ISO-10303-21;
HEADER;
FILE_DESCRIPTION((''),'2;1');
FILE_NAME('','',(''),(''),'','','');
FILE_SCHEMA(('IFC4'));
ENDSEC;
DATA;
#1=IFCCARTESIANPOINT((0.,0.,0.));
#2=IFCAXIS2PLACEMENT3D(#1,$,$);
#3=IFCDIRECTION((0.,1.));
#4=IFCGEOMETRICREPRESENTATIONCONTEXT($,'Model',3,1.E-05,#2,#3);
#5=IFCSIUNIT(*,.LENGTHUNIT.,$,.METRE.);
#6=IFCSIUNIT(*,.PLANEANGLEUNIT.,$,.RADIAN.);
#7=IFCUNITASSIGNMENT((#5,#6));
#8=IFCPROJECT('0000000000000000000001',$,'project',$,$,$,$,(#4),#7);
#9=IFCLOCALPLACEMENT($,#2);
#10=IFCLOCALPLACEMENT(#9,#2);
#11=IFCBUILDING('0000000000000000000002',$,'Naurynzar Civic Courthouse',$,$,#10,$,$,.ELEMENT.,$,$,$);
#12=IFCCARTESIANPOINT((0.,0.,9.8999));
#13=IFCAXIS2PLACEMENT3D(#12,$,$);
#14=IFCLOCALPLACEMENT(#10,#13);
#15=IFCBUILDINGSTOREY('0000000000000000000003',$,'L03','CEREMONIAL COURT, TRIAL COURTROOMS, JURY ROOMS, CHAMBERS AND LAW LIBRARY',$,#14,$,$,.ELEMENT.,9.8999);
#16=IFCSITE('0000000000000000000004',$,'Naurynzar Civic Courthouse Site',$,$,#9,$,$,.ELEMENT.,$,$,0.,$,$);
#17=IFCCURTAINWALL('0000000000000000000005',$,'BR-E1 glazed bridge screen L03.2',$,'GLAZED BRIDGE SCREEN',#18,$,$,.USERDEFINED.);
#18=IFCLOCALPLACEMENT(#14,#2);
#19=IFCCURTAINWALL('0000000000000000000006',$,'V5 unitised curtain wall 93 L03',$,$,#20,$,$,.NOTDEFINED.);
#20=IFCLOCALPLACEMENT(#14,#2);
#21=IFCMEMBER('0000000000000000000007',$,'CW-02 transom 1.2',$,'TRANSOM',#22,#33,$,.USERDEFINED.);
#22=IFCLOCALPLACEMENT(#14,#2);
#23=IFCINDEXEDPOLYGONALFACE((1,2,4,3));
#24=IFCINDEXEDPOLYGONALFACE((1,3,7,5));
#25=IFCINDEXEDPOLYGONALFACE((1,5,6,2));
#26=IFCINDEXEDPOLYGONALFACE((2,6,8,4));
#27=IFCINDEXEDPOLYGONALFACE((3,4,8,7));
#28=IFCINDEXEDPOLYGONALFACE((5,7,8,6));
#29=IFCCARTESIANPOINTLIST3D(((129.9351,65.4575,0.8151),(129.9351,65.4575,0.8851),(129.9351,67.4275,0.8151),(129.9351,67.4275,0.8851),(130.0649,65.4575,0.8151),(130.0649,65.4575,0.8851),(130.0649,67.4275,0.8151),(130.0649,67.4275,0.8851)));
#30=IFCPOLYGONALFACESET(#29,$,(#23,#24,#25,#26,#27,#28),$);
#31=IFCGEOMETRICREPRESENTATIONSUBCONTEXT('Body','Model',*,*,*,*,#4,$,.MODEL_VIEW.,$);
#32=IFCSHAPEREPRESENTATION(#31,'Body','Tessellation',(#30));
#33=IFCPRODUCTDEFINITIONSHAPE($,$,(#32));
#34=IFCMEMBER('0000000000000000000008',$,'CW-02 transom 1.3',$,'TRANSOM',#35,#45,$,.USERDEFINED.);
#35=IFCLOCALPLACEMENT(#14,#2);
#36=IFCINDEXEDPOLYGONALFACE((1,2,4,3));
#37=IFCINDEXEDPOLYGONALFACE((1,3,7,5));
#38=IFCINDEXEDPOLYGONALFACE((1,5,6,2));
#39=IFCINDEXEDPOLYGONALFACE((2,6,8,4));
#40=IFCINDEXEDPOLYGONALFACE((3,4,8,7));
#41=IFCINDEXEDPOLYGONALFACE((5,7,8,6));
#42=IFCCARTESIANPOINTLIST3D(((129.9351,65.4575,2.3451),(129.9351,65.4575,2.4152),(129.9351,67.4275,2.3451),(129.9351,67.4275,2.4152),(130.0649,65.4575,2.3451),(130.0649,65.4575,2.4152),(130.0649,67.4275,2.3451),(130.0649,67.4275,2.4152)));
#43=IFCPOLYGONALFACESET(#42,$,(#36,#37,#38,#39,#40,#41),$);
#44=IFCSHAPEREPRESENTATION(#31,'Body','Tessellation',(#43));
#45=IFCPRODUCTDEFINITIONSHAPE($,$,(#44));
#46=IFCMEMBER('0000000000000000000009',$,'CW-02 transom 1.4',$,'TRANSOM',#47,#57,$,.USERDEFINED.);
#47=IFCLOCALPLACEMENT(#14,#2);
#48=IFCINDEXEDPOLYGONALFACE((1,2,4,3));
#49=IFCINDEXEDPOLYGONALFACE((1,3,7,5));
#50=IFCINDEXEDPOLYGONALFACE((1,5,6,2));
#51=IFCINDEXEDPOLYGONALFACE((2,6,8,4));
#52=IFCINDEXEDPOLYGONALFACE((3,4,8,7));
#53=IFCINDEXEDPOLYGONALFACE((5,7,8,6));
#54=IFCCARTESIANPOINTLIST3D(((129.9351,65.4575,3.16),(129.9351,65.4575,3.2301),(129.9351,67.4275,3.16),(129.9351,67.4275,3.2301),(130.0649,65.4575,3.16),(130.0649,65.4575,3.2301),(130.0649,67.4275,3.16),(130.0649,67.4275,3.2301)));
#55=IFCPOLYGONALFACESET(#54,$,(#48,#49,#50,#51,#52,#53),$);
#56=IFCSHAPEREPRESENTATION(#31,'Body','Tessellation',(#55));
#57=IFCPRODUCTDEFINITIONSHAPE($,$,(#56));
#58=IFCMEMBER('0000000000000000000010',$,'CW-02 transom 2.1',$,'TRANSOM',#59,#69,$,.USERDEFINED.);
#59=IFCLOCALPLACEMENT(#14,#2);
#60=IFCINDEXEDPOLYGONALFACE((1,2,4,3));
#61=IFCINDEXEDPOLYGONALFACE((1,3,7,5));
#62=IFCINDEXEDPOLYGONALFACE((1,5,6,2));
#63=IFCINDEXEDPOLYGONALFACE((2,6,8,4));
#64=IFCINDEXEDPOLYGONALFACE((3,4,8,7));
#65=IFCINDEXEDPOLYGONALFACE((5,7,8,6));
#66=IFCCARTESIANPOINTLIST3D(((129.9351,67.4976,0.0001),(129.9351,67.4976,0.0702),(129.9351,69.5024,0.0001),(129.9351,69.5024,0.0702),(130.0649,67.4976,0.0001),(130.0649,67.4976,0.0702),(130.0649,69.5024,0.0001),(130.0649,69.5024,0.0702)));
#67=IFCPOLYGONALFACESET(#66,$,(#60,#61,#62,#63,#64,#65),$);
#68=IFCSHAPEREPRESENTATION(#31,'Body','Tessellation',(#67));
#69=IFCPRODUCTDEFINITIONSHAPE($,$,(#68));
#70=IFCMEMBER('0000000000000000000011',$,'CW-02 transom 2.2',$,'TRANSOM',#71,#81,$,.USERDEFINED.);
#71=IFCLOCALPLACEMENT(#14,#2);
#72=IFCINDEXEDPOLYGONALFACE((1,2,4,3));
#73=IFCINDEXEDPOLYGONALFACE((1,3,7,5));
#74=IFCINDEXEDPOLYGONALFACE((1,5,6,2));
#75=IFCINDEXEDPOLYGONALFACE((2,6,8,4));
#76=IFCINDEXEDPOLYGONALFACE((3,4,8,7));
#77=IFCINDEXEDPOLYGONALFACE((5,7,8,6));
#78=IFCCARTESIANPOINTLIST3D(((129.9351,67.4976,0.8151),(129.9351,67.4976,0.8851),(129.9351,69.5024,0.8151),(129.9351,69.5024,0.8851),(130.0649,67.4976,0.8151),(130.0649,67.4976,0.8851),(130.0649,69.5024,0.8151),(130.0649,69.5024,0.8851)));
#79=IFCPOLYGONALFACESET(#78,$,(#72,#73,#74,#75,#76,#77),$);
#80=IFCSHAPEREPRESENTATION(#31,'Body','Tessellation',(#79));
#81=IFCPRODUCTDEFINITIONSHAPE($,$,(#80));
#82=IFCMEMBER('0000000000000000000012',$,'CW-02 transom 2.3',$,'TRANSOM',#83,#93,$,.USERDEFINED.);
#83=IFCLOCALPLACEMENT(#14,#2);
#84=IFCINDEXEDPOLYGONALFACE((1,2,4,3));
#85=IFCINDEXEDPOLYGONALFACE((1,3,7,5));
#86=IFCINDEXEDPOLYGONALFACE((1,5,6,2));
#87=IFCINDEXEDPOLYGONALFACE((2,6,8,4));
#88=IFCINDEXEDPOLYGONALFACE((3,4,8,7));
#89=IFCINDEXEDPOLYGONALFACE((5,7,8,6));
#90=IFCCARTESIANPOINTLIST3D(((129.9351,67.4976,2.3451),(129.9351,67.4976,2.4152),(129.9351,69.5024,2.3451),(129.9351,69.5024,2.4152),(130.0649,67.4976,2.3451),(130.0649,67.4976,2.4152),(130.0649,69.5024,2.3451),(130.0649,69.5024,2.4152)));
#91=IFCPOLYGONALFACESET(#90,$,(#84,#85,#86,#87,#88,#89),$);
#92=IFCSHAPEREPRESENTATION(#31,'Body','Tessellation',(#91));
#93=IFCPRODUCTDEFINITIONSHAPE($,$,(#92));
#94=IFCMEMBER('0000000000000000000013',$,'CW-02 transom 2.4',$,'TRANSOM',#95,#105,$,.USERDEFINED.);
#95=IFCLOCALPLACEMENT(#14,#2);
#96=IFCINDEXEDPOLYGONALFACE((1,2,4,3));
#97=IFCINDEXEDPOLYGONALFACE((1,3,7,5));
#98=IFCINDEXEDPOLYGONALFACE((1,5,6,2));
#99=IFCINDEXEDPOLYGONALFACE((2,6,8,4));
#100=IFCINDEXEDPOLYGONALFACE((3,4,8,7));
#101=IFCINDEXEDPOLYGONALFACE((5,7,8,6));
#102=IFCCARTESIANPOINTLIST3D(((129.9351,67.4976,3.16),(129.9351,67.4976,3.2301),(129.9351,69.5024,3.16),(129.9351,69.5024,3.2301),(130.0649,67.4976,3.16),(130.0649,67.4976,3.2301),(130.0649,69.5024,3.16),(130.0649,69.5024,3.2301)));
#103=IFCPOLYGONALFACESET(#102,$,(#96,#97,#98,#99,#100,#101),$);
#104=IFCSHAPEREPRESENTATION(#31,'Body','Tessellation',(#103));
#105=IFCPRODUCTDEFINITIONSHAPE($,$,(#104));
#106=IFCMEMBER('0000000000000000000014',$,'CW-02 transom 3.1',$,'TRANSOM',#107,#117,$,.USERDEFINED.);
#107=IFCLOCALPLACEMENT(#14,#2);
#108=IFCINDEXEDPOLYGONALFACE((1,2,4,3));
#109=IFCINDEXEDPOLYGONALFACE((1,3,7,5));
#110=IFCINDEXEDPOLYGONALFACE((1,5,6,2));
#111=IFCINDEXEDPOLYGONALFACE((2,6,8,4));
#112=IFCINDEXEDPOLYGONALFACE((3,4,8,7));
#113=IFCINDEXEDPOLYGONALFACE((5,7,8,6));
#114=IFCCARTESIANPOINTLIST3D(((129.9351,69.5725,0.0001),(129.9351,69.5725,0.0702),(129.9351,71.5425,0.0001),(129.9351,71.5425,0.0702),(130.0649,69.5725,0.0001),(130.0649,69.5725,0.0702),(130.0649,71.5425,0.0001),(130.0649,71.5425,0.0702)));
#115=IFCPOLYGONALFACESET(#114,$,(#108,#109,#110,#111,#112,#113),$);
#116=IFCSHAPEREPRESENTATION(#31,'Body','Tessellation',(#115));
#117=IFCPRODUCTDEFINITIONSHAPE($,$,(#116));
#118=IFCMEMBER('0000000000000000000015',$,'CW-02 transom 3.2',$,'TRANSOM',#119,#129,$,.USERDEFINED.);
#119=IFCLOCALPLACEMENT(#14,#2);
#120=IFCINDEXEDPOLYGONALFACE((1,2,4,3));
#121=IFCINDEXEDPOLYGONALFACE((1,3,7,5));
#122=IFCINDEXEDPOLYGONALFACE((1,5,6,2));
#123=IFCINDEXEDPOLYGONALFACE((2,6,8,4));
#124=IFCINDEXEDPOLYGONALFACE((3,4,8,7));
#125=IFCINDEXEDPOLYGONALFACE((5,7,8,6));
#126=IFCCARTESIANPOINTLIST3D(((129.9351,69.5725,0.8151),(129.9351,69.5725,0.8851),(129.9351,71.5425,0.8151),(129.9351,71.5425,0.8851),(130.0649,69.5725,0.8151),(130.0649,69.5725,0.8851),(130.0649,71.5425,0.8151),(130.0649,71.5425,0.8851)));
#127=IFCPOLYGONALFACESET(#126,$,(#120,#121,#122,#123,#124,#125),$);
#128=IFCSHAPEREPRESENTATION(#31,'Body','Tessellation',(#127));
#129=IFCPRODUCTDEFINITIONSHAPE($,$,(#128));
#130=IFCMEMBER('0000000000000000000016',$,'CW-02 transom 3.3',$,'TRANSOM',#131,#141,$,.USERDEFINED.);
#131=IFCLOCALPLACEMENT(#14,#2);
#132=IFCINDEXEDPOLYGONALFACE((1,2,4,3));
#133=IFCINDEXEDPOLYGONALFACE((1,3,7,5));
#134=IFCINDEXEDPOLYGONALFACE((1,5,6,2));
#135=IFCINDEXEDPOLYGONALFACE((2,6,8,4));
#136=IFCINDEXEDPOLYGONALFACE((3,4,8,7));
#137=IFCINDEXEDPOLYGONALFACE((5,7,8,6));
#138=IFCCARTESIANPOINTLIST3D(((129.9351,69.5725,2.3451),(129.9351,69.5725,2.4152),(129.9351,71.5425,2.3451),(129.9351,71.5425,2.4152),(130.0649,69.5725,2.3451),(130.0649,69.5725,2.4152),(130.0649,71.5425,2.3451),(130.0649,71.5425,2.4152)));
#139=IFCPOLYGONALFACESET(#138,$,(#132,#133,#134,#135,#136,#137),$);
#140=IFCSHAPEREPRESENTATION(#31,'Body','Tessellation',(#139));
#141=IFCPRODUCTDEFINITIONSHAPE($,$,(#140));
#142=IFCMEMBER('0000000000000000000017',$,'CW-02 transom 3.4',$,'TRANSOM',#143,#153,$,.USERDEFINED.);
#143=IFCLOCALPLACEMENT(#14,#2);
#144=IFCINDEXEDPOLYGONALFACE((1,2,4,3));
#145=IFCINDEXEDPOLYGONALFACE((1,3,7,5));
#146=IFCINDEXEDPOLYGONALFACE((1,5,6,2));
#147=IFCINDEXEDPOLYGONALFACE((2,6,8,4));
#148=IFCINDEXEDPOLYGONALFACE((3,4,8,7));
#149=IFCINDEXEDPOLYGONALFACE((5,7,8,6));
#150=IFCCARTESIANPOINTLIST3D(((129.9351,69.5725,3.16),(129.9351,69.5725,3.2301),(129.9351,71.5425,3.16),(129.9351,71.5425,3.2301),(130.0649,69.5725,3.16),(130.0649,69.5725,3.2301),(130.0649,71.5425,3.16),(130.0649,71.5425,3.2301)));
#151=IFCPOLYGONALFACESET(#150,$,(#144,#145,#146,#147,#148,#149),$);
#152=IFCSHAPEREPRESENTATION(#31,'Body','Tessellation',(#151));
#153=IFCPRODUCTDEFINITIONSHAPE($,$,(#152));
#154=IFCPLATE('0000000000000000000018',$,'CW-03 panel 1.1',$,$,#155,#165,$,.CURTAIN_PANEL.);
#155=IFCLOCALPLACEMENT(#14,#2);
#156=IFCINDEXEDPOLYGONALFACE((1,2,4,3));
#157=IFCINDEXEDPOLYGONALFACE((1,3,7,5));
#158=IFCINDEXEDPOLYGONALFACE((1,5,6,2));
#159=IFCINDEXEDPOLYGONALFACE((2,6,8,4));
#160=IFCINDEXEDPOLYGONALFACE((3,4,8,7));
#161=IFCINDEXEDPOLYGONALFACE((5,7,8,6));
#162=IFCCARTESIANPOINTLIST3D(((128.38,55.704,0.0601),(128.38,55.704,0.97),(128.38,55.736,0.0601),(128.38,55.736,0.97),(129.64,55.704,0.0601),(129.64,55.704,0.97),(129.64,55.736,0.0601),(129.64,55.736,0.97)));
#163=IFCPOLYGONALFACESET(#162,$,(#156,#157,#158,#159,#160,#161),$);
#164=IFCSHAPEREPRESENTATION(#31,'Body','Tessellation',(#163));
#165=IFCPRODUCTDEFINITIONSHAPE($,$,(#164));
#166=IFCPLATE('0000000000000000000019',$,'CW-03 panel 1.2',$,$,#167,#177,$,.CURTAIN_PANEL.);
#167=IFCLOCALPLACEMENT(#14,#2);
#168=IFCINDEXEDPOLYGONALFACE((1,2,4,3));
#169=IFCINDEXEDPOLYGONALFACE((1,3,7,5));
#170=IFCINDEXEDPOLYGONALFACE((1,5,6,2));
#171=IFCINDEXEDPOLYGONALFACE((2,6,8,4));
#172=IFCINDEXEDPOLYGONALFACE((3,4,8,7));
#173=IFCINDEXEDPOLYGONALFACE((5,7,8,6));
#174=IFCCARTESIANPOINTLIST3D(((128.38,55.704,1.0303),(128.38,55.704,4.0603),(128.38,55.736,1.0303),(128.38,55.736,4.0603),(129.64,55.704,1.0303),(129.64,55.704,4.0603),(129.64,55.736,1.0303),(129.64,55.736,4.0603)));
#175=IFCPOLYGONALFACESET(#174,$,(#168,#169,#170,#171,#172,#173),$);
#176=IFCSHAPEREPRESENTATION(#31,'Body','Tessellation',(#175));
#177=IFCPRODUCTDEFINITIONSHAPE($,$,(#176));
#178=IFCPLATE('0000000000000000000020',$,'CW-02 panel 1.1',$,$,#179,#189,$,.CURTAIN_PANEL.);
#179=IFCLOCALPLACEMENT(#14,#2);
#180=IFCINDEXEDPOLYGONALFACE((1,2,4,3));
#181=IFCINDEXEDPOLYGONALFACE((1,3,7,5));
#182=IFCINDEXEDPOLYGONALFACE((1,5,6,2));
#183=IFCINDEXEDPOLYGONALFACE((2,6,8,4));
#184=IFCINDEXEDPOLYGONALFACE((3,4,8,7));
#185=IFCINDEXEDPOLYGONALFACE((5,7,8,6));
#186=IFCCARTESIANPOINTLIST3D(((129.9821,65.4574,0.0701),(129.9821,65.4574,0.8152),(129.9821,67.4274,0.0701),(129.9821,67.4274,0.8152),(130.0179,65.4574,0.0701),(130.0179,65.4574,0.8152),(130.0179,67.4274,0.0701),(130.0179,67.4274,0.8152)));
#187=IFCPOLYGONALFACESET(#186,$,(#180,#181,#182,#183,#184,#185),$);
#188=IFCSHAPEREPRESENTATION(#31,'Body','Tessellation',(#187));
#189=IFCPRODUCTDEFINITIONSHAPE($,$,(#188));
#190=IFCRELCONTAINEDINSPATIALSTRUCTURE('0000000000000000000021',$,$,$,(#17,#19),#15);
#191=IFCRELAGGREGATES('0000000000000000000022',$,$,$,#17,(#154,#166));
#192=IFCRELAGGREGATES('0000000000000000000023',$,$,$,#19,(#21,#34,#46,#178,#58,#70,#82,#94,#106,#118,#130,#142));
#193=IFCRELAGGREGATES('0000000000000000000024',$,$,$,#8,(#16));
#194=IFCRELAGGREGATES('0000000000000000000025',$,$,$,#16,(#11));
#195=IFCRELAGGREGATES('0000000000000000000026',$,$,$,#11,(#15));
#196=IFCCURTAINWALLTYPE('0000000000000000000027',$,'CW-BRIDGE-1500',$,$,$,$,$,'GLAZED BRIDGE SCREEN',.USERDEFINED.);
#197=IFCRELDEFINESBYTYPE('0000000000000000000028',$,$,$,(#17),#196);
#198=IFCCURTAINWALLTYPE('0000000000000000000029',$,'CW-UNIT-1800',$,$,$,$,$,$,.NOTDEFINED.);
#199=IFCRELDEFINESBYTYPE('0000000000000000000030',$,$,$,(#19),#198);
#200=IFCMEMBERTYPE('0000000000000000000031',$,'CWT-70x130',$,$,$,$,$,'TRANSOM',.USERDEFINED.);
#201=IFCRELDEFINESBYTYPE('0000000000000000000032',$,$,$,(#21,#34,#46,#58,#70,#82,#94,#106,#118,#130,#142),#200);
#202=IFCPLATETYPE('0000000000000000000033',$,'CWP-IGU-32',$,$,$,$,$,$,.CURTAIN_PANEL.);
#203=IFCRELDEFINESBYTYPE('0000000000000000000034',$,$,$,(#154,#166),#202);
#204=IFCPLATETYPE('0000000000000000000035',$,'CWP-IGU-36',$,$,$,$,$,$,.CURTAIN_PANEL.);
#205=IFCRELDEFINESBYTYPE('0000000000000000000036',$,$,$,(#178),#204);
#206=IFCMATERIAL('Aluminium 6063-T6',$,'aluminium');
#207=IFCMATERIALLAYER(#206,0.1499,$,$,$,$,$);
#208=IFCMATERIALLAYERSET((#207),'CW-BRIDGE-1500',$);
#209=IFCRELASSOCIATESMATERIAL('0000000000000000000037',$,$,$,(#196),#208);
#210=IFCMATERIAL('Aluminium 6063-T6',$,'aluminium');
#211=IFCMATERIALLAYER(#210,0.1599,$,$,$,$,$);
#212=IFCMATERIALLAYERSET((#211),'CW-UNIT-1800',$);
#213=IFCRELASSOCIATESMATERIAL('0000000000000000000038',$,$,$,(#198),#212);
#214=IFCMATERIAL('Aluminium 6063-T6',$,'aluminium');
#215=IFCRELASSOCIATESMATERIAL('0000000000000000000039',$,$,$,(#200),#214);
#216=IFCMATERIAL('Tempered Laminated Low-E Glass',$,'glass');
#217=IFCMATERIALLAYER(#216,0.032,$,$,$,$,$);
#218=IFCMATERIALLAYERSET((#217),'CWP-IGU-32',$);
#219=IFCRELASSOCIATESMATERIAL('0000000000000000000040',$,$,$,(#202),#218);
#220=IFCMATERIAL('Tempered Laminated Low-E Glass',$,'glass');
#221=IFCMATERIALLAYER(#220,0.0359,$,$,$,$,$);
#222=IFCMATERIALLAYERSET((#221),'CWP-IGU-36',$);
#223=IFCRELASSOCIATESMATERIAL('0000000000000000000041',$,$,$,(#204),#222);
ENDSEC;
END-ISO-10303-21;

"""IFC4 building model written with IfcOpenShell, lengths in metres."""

from ifc_helpers import new_model, si_unit, direction, frame, origin, origin_2d, place, context, subcontext, project, spatial, rectangle, extrude, material, layer, layer_set, material_profile, profile_set, type_object, element, aggregate, save


model = new_model("IFC4")

# Units and contexts
model_context = context("Model", 3, precision=1e-05, world=origin(), true_north=direction((0.0, 1.0)))
body_context = subcontext(model_context, "Body", "Model", "MODEL_VIEW")
ifc_project = project(units=[si_unit("LENGTHUNIT", "METRE"), si_unit("PLANEANGLEUNIT", "RADIAN")], contexts=[model_context])

# Site, building, storey
site_placement = place(None, origin())
site = spatial("IfcSite", under=ifc_project, at=site_placement, Name="Naurynzar Civic Courthouse Site", CompositionType="ELEMENT", RefElevation=0.0)
building_placement = place(site_placement, origin())
building = spatial("IfcBuilding", under=site, at=building_placement, Name="Naurynzar Civic Courthouse", CompositionType="ELEMENT")
storey_placement = place(building_placement, frame((0.0, 0.0, 9.8999)))
storey = spatial("IfcBuildingStorey", under=building, at=storey_placement, Name="L03", Description="CEREMONIAL COURT, TRIAL COURTROOMS, JURY ROOMS, CHAMBERS AND LAW LIBRARY", CompositionType="ELEMENT", Elevation=9.8999)

# Curtain walls
ifc_material_1 = material(Name="Aluminium 6063-T6", Category="aluminium")
ifc_layer_1 = layer(ifc_material_1, 0.1499)
ifc_layer_set_1 = layer_set([ifc_layer_1], Name="CW-BRIDGE-1500")
curtain_wall_type_1 = type_object("IfcCurtainWallType", Name="CW-BRIDGE-1500", ElementType="GLAZED BRIDGE SCREEN", PredefinedType="USERDEFINED", material=ifc_layer_set_1)
curtain_wall_1_placement = place(storey_placement, origin())
curtain_wall_1 = element("IfcCurtainWall", 1, at=curtain_wall_1_placement, inside=storey, type_object=curtain_wall_type_1, Name="BR-E1 glazed bridge screen L03.2", ObjectType="GLAZED BRIDGE SCREEN", PredefinedType="USERDEFINED")
ifc_material_2 = material(Name="Aluminium 6063-T6", Category="aluminium")
ifc_layer_2 = layer(ifc_material_2, 0.1599)
ifc_layer_set_2 = layer_set([ifc_layer_2], Name="CW-UNIT-1800")
curtain_wall_type_2 = type_object("IfcCurtainWallType", Name="CW-UNIT-1800", PredefinedType="NOTDEFINED", material=ifc_layer_set_2)
curtain_wall_2_placement = place(storey_placement, origin())
curtain_wall_2 = element("IfcCurtainWall", 2, at=curtain_wall_2_placement, inside=storey, type_object=curtain_wall_type_2, Name="V5 unitised curtain wall 93 L03", PredefinedType="NOTDEFINED")

# Members
ifc_material_3 = material(Name="Aluminium 6063-T6", Category="aluminium")
ifc_material_profile_1 = material_profile(ifc_material_3, rectangle(XDim=0.1299, YDim=0.0701, at=origin_2d()), Name="ALU TRANSOM 70x130")
ifc_profile_set_1 = profile_set([ifc_material_profile_1], Name="Aluminium 6063-T6")
member_type_1 = type_object("IfcMemberType", Name="CWT-70x130", ElementType="TRANSOM", PredefinedType="USERDEFINED", material=ifc_profile_set_1)
member_1_placement = place(storey_placement, frame((130.0, 65.4575, 0.8501), z_axis=(0.0, 1.0, 0.0), x_axis=(-1.0, 0.0, 0.0)))
member_1 = element("IfcMember", 3, at=member_1_placement, type_object=member_type_1, Name="CW-02 transom 1.2", ObjectType="TRANSOM", PredefinedType="USERDEFINED", context=body_context, shape_type="SweptSolid", body=[
    extrude(rectangle(XDim=0.1299, YDim=0.0701, at=origin_2d()), origin(), (0.0, 0.0, 1.0), 1.97),
])
member_2_placement = place(storey_placement, frame((130.0, 65.4575, 2.3801), z_axis=(0.0, 1.0, 0.0), x_axis=(-1.0, 0.0, 0.0)))
member_2 = element("IfcMember", 4, at=member_2_placement, type_object=member_type_1, Name="CW-02 transom 1.3", ObjectType="TRANSOM", PredefinedType="USERDEFINED", context=body_context, shape_type="SweptSolid", body=[
    extrude(rectangle(XDim=0.1299, YDim=0.0701, at=origin_2d()), origin(), (0.0, 0.0, 1.0), 1.97),
])
member_3_placement = place(storey_placement, frame((130.0, 65.4575, 3.1951), z_axis=(0.0, 1.0, 0.0), x_axis=(-1.0, 0.0, 0.0)))
member_3 = element("IfcMember", 5, at=member_3_placement, type_object=member_type_1, Name="CW-02 transom 1.4", ObjectType="TRANSOM", PredefinedType="USERDEFINED", context=body_context, shape_type="SweptSolid", body=[
    extrude(rectangle(XDim=0.1299, YDim=0.0701, at=origin_2d()), origin(), (0.0, 0.0, 1.0), 1.97),
])
member_4_placement = place(storey_placement, frame((130.0, 67.4976, 0.0352), z_axis=(0.0, 1.0, 0.0), x_axis=(-1.0, 0.0, 0.0)))
member_4 = element("IfcMember", 6, at=member_4_placement, type_object=member_type_1, Name="CW-02 transom 2.1", ObjectType="TRANSOM", PredefinedType="USERDEFINED", context=body_context, shape_type="SweptSolid", body=[
    extrude(rectangle(XDim=0.1299, YDim=0.0701, at=origin_2d()), origin(), (0.0, 0.0, 1.0), 2.0049),
])
member_5_placement = place(storey_placement, frame((130.0, 67.4976, 0.8501), z_axis=(0.0, 1.0, 0.0), x_axis=(-1.0, 0.0, 0.0)))
member_5 = element("IfcMember", 7, at=member_5_placement, type_object=member_type_1, Name="CW-02 transom 2.2", ObjectType="TRANSOM", PredefinedType="USERDEFINED", context=body_context, shape_type="SweptSolid", body=[
    extrude(rectangle(XDim=0.1299, YDim=0.0701, at=origin_2d()), origin(), (0.0, 0.0, 1.0), 2.0049),
])
member_6_placement = place(storey_placement, frame((130.0, 67.4976, 2.3801), z_axis=(0.0, 1.0, 0.0), x_axis=(-1.0, 0.0, 0.0)))
member_6 = element("IfcMember", 8, at=member_6_placement, type_object=member_type_1, Name="CW-02 transom 2.3", ObjectType="TRANSOM", PredefinedType="USERDEFINED", context=body_context, shape_type="SweptSolid", body=[
    extrude(rectangle(XDim=0.1299, YDim=0.0701, at=origin_2d()), origin(), (0.0, 0.0, 1.0), 2.0049),
])
member_7_placement = place(storey_placement, frame((130.0, 67.4976, 3.1951), z_axis=(0.0, 1.0, 0.0), x_axis=(-1.0, 0.0, 0.0)))
member_7 = element("IfcMember", 9, at=member_7_placement, type_object=member_type_1, Name="CW-02 transom 2.4", ObjectType="TRANSOM", PredefinedType="USERDEFINED", context=body_context, shape_type="SweptSolid", body=[
    extrude(rectangle(XDim=0.1299, YDim=0.0701, at=origin_2d()), origin(), (0.0, 0.0, 1.0), 2.0049),
])
member_8_placement = place(storey_placement, frame((130.0, 69.5725, 0.0352), z_axis=(0.0, 1.0, 0.0), x_axis=(-1.0, 0.0, 0.0)))
member_8 = element("IfcMember", 10, at=member_8_placement, type_object=member_type_1, Name="CW-02 transom 3.1", ObjectType="TRANSOM", PredefinedType="USERDEFINED", context=body_context, shape_type="SweptSolid", body=[
    extrude(rectangle(XDim=0.1299, YDim=0.0701, at=origin_2d()), origin(), (0.0, 0.0, 1.0), 1.97),
])
member_9_placement = place(storey_placement, frame((130.0, 69.5725, 0.8501), z_axis=(0.0, 1.0, 0.0), x_axis=(-1.0, 0.0, 0.0)))
member_9 = element("IfcMember", 11, at=member_9_placement, type_object=member_type_1, Name="CW-02 transom 3.2", ObjectType="TRANSOM", PredefinedType="USERDEFINED", context=body_context, shape_type="SweptSolid", body=[
    extrude(rectangle(XDim=0.1299, YDim=0.0701, at=origin_2d()), origin(), (0.0, 0.0, 1.0), 1.97),
])
member_10_placement = place(storey_placement, frame((130.0, 69.5725, 2.3801), z_axis=(0.0, 1.0, 0.0), x_axis=(-1.0, 0.0, 0.0)))
member_10 = element("IfcMember", 12, at=member_10_placement, type_object=member_type_1, Name="CW-02 transom 3.3", ObjectType="TRANSOM", PredefinedType="USERDEFINED", context=body_context, shape_type="SweptSolid", body=[
    extrude(rectangle(XDim=0.1299, YDim=0.0701, at=origin_2d()), origin(), (0.0, 0.0, 1.0), 1.97),
])
member_11_placement = place(storey_placement, frame((130.0, 69.5725, 3.1951), z_axis=(0.0, 1.0, 0.0), x_axis=(-1.0, 0.0, 0.0)))
member_11 = element("IfcMember", 13, at=member_11_placement, type_object=member_type_1, Name="CW-02 transom 3.4", ObjectType="TRANSOM", PredefinedType="USERDEFINED", context=body_context, shape_type="SweptSolid", body=[
    extrude(rectangle(XDim=0.1299, YDim=0.0701, at=origin_2d()), origin(), (0.0, 0.0, 1.0), 1.97),
])

# Plates
ifc_material_4 = material(Name="Tempered Laminated Low-E Glass", Category="glass")
ifc_layer_3 = layer(ifc_material_4, 0.032)
ifc_layer_set_3 = layer_set([ifc_layer_3], Name="CWP-IGU-32")
plate_type_1 = type_object("IfcPlateType", Name="CWP-IGU-32", PredefinedType="CURTAIN_PANEL", material=ifc_layer_set_3)
plate_1_placement = place(storey_placement, frame((129.01, 55.72, 0.0601), z_axis=(0.0, 0.0, 1.0), x_axis=(-1.0, 0.0, 0.0)))
plate_1 = element("IfcPlate", 14, at=plate_1_placement, type_object=plate_type_1, Name="CW-03 panel 1.1", PredefinedType="CURTAIN_PANEL", context=body_context, shape_type="SweptSolid", body=[
    extrude(rectangle(XDim=1.26, YDim=0.032, at=origin_2d()), origin(), (0.0, 0.0, 1.0), 0.9099),
])
plate_2_placement = place(storey_placement, frame((129.01, 55.72, 1.0303), z_axis=(0.0, 0.0, 1.0), x_axis=(-1.0, 0.0, 0.0)))
plate_2 = element("IfcPlate", 15, at=plate_2_placement, type_object=plate_type_1, Name="CW-03 panel 1.2", PredefinedType="CURTAIN_PANEL", context=body_context, shape_type="SweptSolid", body=[
    extrude(rectangle(XDim=1.26, YDim=0.032, at=origin_2d()), origin(), (0.0, 0.0, 1.0), 3.03),
])
aggregate(curtain_wall_1, [plate_1, plate_2])
ifc_material_5 = material(Name="Tempered Laminated Low-E Glass", Category="glass")
ifc_layer_4 = layer(ifc_material_5, 0.0359)
ifc_layer_set_4 = layer_set([ifc_layer_4], Name="CWP-IGU-36")
plate_type_2 = type_object("IfcPlateType", Name="CWP-IGU-36", PredefinedType="CURTAIN_PANEL", material=ifc_layer_set_4)
plate_3_placement = place(storey_placement, frame((130.0, 66.4424, 0.0701), z_axis=(0.0, 0.0, 1.0), x_axis=(0.0, 1.0, 0.0)))
plate_3 = element("IfcPlate", 16, at=plate_3_placement, type_object=plate_type_2, Name="CW-02 panel 1.1", PredefinedType="CURTAIN_PANEL", context=body_context, shape_type="SweptSolid", body=[
    extrude(rectangle(XDim=1.97, YDim=0.0359, at=origin_2d()), origin(), (0.0, 0.0, 1.0), 0.7451),
])
aggregate(curtain_wall_2, [member_1, member_2, member_3, plate_3, member_4, member_5, member_6, member_7, member_8, member_9, member_10, member_11])

save(model, "model.ifc")
